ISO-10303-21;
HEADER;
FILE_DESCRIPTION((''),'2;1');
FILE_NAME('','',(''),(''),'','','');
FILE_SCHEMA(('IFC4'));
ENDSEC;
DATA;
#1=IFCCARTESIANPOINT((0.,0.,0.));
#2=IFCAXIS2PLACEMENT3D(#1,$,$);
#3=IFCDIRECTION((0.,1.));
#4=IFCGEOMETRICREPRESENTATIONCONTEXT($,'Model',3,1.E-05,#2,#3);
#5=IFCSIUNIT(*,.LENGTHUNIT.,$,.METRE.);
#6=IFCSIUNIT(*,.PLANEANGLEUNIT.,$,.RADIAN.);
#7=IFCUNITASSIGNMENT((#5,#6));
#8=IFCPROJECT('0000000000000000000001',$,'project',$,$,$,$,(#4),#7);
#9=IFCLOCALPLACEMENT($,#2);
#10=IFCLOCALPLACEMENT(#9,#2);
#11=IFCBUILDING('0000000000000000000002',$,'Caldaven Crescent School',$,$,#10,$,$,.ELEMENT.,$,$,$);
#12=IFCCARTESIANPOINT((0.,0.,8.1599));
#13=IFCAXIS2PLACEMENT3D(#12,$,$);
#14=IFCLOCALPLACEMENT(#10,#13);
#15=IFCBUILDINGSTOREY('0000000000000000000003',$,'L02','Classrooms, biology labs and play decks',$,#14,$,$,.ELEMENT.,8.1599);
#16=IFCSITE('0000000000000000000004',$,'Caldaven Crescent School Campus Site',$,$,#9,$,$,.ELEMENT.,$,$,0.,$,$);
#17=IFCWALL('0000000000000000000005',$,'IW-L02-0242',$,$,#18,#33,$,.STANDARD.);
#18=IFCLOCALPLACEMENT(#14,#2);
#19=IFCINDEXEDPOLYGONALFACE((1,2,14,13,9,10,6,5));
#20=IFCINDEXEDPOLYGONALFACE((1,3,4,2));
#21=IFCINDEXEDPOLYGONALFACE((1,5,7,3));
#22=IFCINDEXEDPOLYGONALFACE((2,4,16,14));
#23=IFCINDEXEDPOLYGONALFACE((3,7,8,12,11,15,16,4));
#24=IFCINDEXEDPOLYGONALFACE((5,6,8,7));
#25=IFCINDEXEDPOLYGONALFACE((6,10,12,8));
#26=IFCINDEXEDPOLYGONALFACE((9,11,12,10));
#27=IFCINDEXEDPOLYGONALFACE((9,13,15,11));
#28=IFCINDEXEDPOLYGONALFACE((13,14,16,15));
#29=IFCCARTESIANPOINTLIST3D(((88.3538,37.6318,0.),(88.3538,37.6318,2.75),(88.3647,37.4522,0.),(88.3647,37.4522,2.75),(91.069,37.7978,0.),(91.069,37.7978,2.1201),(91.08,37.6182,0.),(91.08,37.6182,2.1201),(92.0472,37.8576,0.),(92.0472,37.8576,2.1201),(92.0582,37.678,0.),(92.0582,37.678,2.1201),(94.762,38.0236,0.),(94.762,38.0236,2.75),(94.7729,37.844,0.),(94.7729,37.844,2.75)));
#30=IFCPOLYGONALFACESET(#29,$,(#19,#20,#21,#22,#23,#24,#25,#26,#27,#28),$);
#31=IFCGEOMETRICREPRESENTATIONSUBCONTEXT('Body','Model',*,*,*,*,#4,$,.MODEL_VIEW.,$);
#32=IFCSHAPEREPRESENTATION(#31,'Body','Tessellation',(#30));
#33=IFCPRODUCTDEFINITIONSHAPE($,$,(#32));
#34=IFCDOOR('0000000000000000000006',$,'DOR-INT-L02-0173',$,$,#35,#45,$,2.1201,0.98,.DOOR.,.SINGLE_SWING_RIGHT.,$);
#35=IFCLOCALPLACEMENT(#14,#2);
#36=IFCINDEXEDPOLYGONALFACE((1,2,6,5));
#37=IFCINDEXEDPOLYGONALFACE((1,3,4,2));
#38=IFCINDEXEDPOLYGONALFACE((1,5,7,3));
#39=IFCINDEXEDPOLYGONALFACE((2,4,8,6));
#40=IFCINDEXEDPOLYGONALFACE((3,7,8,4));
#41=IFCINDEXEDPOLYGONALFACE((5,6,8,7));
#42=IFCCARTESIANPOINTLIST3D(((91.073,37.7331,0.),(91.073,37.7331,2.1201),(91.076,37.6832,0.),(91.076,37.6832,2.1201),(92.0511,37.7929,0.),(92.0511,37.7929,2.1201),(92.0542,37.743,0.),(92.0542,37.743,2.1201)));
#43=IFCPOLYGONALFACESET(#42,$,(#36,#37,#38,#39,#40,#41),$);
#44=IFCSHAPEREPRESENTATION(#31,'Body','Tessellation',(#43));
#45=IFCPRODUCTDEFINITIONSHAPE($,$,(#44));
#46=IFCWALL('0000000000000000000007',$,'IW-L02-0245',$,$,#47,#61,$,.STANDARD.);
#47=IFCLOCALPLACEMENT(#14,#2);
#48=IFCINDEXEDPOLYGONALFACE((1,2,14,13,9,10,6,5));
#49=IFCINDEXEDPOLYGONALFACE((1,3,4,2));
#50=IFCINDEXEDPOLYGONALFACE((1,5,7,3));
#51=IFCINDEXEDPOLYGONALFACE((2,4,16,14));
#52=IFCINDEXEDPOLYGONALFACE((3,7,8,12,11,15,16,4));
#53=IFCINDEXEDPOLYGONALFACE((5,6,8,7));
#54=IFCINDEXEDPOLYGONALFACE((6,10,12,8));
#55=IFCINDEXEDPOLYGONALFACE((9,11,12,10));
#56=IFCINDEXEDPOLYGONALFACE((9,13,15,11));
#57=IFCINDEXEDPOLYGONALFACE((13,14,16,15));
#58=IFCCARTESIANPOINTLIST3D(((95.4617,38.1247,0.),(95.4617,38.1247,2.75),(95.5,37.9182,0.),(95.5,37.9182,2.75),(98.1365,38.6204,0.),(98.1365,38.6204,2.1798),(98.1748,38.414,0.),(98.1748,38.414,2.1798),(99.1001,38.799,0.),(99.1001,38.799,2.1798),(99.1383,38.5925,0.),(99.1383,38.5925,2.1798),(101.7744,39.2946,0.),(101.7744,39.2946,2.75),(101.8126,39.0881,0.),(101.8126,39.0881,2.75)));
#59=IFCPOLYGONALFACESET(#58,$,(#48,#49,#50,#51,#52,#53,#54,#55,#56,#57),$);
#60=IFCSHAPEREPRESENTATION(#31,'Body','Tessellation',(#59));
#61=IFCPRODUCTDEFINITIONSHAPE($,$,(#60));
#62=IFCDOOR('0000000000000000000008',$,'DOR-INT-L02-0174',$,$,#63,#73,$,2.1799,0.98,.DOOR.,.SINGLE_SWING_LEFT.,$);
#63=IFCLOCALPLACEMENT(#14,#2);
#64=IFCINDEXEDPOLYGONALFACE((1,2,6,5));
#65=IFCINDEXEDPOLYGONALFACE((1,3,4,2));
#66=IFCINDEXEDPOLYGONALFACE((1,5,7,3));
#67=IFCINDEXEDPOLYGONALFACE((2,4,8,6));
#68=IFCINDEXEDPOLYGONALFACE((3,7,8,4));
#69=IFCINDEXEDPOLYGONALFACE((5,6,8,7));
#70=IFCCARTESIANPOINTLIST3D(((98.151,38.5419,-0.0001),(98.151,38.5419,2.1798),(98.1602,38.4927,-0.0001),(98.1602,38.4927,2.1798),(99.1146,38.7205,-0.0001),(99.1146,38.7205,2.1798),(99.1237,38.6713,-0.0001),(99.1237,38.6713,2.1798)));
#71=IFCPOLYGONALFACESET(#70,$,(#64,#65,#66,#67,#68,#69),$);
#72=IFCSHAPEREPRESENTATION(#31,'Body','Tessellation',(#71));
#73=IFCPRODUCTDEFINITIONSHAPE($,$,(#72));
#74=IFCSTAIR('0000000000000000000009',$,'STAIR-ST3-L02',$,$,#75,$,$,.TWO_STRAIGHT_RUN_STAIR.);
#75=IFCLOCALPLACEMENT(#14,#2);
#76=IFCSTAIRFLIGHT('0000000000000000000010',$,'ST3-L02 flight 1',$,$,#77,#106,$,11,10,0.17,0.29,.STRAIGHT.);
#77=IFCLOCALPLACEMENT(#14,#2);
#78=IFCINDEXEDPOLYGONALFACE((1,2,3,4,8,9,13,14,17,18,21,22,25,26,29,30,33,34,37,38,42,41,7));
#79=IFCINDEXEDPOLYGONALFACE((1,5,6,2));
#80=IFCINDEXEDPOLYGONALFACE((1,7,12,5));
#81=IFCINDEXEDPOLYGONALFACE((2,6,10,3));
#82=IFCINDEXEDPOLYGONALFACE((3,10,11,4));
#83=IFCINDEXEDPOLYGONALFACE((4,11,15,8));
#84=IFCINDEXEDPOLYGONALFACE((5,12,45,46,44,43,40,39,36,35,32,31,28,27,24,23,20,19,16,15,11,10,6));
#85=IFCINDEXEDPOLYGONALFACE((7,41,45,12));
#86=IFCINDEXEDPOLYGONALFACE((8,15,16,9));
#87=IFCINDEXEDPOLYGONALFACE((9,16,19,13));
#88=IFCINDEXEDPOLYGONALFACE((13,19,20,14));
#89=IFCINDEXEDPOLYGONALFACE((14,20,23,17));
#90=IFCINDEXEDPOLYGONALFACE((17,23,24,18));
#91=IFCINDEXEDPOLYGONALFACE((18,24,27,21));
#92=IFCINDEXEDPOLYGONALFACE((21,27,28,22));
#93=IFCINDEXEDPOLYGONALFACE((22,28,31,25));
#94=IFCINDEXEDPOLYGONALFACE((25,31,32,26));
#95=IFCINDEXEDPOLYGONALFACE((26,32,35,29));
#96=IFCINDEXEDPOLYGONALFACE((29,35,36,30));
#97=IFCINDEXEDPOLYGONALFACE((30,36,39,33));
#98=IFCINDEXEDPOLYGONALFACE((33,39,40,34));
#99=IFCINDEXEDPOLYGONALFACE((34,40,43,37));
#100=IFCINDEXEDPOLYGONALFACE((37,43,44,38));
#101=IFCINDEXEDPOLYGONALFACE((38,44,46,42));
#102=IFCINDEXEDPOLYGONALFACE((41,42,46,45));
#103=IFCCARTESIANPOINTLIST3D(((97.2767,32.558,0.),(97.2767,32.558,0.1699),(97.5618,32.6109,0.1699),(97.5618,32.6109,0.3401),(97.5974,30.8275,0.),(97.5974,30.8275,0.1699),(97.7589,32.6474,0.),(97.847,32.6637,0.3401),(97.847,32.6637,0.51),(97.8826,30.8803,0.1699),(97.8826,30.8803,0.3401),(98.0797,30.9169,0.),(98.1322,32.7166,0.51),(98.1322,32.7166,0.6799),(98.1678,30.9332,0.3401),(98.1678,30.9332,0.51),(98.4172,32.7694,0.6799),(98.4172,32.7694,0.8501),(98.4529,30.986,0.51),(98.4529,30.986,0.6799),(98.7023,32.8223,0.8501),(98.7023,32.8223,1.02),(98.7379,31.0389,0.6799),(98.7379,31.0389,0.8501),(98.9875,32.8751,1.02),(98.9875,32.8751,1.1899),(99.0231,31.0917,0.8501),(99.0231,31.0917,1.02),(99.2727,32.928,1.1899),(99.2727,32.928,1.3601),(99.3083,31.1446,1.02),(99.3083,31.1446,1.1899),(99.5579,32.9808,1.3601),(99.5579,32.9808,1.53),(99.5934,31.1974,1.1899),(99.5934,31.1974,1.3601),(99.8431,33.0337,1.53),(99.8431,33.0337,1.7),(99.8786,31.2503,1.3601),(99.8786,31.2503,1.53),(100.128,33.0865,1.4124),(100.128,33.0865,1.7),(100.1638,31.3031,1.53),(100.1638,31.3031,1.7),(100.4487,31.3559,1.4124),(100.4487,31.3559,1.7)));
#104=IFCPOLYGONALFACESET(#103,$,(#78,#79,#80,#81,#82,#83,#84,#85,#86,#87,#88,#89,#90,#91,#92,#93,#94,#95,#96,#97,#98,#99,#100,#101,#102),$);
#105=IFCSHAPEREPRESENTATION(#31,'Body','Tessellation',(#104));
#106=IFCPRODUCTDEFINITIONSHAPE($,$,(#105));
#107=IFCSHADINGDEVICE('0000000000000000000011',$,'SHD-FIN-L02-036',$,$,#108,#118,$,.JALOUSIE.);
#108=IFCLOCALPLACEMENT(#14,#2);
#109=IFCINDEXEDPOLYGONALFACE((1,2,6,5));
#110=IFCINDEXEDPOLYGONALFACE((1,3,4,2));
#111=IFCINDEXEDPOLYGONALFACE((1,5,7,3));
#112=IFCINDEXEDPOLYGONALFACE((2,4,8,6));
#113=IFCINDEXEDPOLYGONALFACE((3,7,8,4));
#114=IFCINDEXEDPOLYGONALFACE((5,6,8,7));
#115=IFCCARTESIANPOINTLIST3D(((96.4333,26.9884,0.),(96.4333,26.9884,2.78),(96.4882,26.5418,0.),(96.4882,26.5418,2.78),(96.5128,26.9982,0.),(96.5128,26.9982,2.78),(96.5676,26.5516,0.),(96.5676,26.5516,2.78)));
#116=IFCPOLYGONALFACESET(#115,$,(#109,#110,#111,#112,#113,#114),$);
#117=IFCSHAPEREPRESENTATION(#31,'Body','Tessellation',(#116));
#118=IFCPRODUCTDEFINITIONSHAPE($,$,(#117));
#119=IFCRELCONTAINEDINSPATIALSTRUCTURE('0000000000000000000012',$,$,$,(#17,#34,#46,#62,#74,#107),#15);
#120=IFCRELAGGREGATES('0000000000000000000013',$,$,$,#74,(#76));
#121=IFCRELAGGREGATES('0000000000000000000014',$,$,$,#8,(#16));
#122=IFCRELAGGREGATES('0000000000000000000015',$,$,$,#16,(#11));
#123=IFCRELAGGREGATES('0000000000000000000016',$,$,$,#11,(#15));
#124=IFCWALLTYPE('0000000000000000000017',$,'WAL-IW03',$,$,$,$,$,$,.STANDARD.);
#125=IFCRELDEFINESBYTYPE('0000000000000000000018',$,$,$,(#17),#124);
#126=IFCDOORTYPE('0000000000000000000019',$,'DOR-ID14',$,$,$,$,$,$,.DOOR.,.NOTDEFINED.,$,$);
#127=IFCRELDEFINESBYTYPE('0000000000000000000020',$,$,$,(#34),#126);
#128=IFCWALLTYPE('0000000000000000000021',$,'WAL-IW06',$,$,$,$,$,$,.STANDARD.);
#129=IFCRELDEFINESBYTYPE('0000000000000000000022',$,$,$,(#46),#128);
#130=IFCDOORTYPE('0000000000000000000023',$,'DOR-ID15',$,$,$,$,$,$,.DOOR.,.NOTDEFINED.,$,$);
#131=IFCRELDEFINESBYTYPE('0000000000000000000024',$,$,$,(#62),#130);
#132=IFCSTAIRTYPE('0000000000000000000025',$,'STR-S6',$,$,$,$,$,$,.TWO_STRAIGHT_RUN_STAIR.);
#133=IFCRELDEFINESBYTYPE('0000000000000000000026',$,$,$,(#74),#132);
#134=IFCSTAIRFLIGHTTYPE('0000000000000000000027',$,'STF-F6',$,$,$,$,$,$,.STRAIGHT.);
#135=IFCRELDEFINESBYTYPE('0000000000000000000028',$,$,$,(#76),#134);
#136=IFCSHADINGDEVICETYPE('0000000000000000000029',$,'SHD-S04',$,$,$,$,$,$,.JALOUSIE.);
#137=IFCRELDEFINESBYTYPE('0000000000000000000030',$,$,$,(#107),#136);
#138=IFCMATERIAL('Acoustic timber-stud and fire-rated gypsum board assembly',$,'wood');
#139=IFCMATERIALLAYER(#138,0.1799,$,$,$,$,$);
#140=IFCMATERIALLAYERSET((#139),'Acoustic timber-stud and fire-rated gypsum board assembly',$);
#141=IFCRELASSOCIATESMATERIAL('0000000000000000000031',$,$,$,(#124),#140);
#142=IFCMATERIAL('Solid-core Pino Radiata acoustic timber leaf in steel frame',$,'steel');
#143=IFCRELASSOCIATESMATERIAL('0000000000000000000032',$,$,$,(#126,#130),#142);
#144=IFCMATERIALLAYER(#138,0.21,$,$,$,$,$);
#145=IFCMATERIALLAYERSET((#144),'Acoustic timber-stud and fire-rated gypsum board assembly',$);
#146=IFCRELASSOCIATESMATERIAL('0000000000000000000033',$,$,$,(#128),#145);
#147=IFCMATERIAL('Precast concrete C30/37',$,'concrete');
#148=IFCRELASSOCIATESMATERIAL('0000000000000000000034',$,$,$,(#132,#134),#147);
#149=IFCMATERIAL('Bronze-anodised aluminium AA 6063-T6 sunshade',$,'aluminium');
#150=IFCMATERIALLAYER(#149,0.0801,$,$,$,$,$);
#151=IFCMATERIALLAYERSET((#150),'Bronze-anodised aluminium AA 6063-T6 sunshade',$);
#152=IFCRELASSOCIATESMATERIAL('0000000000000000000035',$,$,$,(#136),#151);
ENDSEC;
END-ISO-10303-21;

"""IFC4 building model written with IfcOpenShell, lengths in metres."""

from ifc_helpers import new_model, si_unit, direction, frame, frame_2d, origin, origin_2d, place, context, subcontext, project, spatial, polyline, rectangle, outline, extrude, material, layer, layer_set, type_object, element, fill, aggregate, save


model = new_model("IFC4")

# Units and contexts
model_context = context("Model", 3, precision=1e-05, world=origin(), true_north=direction((0.0, 1.0)))
body_context = subcontext(model_context, "Body", "Model", "MODEL_VIEW")
ifc_project = project(units=[si_unit("LENGTHUNIT", "METRE"), si_unit("PLANEANGLEUNIT", "RADIAN")], contexts=[model_context])

# Site, building, storey
site_placement = place(None, origin())
site = spatial("IfcSite", under=ifc_project, at=site_placement, Name="Caldaven Crescent School Campus Site", CompositionType="ELEMENT", RefElevation=0.0)
building_placement = place(site_placement, origin())
building = spatial("IfcBuilding", under=site, at=building_placement, Name="Caldaven Crescent School", CompositionType="ELEMENT")
storey_placement = place(building_placement, frame((0.0, 0.0, 8.1599)))
storey = spatial("IfcBuildingStorey", under=building, at=storey_placement, Name="L02", Description="Classrooms, biology labs and play decks", CompositionType="ELEMENT", Elevation=8.1599)

# Walls, openings, doors
ifc_material_1 = material(Name="Acoustic timber-stud and fire-rated gypsum board assembly", Category="wood")
ifc_layer_1 = layer(ifc_material_1, 0.1799)
ifc_layer_set_1 = layer_set([ifc_layer_1], Name="Acoustic timber-stud and fire-rated gypsum board assembly")
wall_type_1 = type_object("IfcWallType", Name="WAL-IW03", PredefinedType="STANDARD", material=ifc_layer_set_1)
wall_1_placement = place(storey_placement, frame((88.3594, 37.542, 0.0), z_axis=(0.0, 0.0, 1.0), x_axis=(0.998136, 0.061034, 0.0)))
wall_1 = element("IfcWall", 1, at=wall_1_placement, inside=storey, type_object=wall_type_1, Name="IW-L02-0242", PredefinedType="STANDARD", context=body_context, shape_type="SweptSolid", body=[
    extrude(rectangle(XDim=6.4202, YDim=0.1799, at=frame_2d((3.21, 0.0))), origin(), (0.0, 0.0, 1.0), 2.75),
])
opening_1_placement = place(wall_1_placement, frame((2.7202, 0.0, 0.0)))
opening_1 = element("IfcOpeningElement", 2, at=opening_1_placement, cuts=wall_1, PredefinedType="OPENING", context=body_context, shape_type="SweptSolid", body=[
    extrude(rectangle(XDim=0.98, YDim=2.1201, at=frame_2d((0.49, 1.0601))), frame((0.0, 0.0999, 0.0), z_axis=(0.0, -1.0, 0.0), x_axis=(1.0, 0.0, 0.0)), (0.0, 0.0, 1.0), 0.2),
])
ifc_material_2 = material(Name="Solid-core Pino Radiata acoustic timber leaf in steel frame", Category="steel")
door_type_1 = type_object("IfcDoorType", Name="DOR-ID14", OperationType="NOTDEFINED", PredefinedType="DOOR", material=ifc_material_2)
door_1_placement = place(opening_1_placement, frame((0.98, 0.0, 0.0), z_axis=(0.0, 0.0, 1.0), x_axis=(-1.0, 0.0, 0.0)))
door_1 = element("IfcDoor", 3, at=door_1_placement, inside=storey, type_object=door_type_1, Name="DOR-INT-L02-0173", OperationType="SINGLE_SWING_RIGHT", OverallHeight=2.1201, OverallWidth=0.98, PredefinedType="DOOR", context=body_context, shape_type="SweptSolid", body=[
    extrude(rectangle(XDim=0.98, YDim=2.1201, at=frame_2d((0.49, 1.0601))), frame((0.0, 0.0249, 0.0), z_axis=(0.0, -1.0, 0.0), x_axis=(1.0, 0.0, 0.0)), (0.0, 0.0, 1.0), 0.05),
])
fill(opening_1, door_1)
ifc_layer_2 = layer(ifc_material_1, 0.21)
ifc_layer_set_2 = layer_set([ifc_layer_2], Name="Acoustic timber-stud and fire-rated gypsum board assembly")
wall_type_2 = type_object("IfcWallType", Name="WAL-IW06", PredefinedType="STANDARD", material=ifc_layer_set_2)
wall_2_placement = place(storey_placement, frame((95.481, 38.0215, 0.0), z_axis=(0.0, 0.0, 1.0), x_axis=(0.983257, 0.182224, 0.0)))
wall_2 = element("IfcWall", 4, at=wall_2_placement, inside=storey, type_object=wall_type_2, Name="IW-L02-0245", PredefinedType="STANDARD", context=body_context, shape_type="SweptSolid", body=[
    extrude(rectangle(XDim=6.4202, YDim=0.21, at=frame_2d((3.21, 0.0))), origin(), (0.0, 0.0, 1.0), 2.75),
])
opening_2_placement = place(wall_2_placement, frame((2.7202, 0.0, 0.0)))
opening_2 = element("IfcOpeningElement", 5, at=opening_2_placement, cuts=wall_2, PredefinedType="OPENING", context=body_context, shape_type="SweptSolid", body=[
    extrude(rectangle(XDim=0.98, YDim=2.1799, at=frame_2d((0.49, 1.0898))), frame((0.0, 0.115, 0.0), z_axis=(0.0, -1.0, 0.0), x_axis=(1.0, 0.0, 0.0)), (0.0, 0.0, 1.0), 0.23),
])
door_type_2 = type_object("IfcDoorType", Name="DOR-ID15", OperationType="NOTDEFINED", PredefinedType="DOOR", material=ifc_material_2)
door_2_placement = place(opening_2_placement, frame((0.98, 0.0, 0.0), z_axis=(0.0, 0.0, 1.0), x_axis=(-1.0, 0.0, 0.0)))
door_2 = element("IfcDoor", 6, at=door_2_placement, inside=storey, type_object=door_type_2, Name="DOR-INT-L02-0174", OperationType="SINGLE_SWING_LEFT", OverallHeight=2.1799, OverallWidth=0.98, PredefinedType="DOOR", context=body_context, shape_type="SweptSolid", body=[
    extrude(rectangle(XDim=0.98, YDim=2.1799, at=frame_2d((0.49, 1.0898))), frame((0.0, 0.0249, 0.0), z_axis=(0.0, -1.0, 0.0), x_axis=(1.0, 0.0, 0.0)), (0.0, 0.0, 1.0), 0.05),
])
fill(opening_2, door_2)

# Stair, stair flight
ifc_material_3 = material(Name="Precast concrete C30/37", Category="concrete")
stair_type = type_object("IfcStairType", Name="STR-S6", PredefinedType="TWO_STRAIGHT_RUN_STAIR", material=ifc_material_3)
stair_placement = place(storey_placement, origin())
stair = element("IfcStair", 7, at=stair_placement, inside=storey, type_object=stair_type, Name="STAIR-ST3-L02", PredefinedType="TWO_STRAIGHT_RUN_STAIR")
stair_flight_type = type_object("IfcStairFlightType", Name="STF-F6", PredefinedType="STRAIGHT", material=ifc_material_3)
stair_flight_placement = place(storey_placement, frame((97.437, 31.6929, 0.0), z_axis=(0.0, 0.0, 1.0), x_axis=(0.983255, 0.182236, 0.0)))
stair_flight = element("IfcStairFlight", 8, at=stair_flight_placement, type_object=stair_flight_type, Name="ST3-L02 flight 1", NumberOfRisers=11, NumberOfTreads=10, PredefinedType="STRAIGHT", RiserHeight=0.17, TreadLength=0.29, context=body_context, shape_type="SweptSolid", body=[
    extrude(outline(polyline([(0.0, 0.0), (0.0, 0.1699), (0.29, 0.1699), (0.29, 0.3401), (0.5801, 0.3401), (0.5801, 0.51), (0.8701, 0.51), (0.8701, 0.6799), (1.1599, 0.6799), (1.1599, 0.8501), (1.45, 0.8501), (1.45, 1.02), (1.74, 1.02), (1.74, 1.1899), (2.03, 1.1899), (2.03, 1.3601), (2.3201, 1.3601), (2.3201, 1.53), (2.6101, 1.53), (2.6101, 1.7), (2.8999, 1.7), (2.8999, 1.8701), (2.8999, 1.4124), (0.4905, 0.0), (0.0, 0.0)])), frame((0.0, 0.8799, 0.0), z_axis=(0.0, -1.0, 0.0), x_axis=(1.0, 0.0, 0.0)), (0.0, 0.0, 1.0), 1.76),
])
aggregate(stair, [stair_flight])

# Shading device
ifc_material_4 = material(Name="Bronze-anodised aluminium AA 6063-T6 sunshade", Category="aluminium")
ifc_layer_3 = layer(ifc_material_4, 0.0801)
ifc_layer_set_3 = layer_set([ifc_layer_3], Name="Bronze-anodised aluminium AA 6063-T6 sunshade")
shading_device_type = type_object("IfcShadingDeviceType", Name="SHD-S04", PredefinedType="JALOUSIE", material=ifc_layer_set_3)
shading_device_placement = place(storey_placement, frame((96.5005, 26.77, 0.0), z_axis=(0.0, 0.0, 1.0), x_axis=(0.121869, -0.992546, 0.0)))
element("IfcShadingDevice", 9, at=shading_device_placement, inside=storey, type_object=shading_device_type, Name="SHD-FIN-L02-036", PredefinedType="JALOUSIE", context=body_context, shape_type="SweptSolid", body=[
    extrude(rectangle(XDim=0.45, YDim=0.0801, at=origin_2d()), origin(), (0.0, 0.0, 1.0), 2.78),
])

save(model, "model.ifc")
